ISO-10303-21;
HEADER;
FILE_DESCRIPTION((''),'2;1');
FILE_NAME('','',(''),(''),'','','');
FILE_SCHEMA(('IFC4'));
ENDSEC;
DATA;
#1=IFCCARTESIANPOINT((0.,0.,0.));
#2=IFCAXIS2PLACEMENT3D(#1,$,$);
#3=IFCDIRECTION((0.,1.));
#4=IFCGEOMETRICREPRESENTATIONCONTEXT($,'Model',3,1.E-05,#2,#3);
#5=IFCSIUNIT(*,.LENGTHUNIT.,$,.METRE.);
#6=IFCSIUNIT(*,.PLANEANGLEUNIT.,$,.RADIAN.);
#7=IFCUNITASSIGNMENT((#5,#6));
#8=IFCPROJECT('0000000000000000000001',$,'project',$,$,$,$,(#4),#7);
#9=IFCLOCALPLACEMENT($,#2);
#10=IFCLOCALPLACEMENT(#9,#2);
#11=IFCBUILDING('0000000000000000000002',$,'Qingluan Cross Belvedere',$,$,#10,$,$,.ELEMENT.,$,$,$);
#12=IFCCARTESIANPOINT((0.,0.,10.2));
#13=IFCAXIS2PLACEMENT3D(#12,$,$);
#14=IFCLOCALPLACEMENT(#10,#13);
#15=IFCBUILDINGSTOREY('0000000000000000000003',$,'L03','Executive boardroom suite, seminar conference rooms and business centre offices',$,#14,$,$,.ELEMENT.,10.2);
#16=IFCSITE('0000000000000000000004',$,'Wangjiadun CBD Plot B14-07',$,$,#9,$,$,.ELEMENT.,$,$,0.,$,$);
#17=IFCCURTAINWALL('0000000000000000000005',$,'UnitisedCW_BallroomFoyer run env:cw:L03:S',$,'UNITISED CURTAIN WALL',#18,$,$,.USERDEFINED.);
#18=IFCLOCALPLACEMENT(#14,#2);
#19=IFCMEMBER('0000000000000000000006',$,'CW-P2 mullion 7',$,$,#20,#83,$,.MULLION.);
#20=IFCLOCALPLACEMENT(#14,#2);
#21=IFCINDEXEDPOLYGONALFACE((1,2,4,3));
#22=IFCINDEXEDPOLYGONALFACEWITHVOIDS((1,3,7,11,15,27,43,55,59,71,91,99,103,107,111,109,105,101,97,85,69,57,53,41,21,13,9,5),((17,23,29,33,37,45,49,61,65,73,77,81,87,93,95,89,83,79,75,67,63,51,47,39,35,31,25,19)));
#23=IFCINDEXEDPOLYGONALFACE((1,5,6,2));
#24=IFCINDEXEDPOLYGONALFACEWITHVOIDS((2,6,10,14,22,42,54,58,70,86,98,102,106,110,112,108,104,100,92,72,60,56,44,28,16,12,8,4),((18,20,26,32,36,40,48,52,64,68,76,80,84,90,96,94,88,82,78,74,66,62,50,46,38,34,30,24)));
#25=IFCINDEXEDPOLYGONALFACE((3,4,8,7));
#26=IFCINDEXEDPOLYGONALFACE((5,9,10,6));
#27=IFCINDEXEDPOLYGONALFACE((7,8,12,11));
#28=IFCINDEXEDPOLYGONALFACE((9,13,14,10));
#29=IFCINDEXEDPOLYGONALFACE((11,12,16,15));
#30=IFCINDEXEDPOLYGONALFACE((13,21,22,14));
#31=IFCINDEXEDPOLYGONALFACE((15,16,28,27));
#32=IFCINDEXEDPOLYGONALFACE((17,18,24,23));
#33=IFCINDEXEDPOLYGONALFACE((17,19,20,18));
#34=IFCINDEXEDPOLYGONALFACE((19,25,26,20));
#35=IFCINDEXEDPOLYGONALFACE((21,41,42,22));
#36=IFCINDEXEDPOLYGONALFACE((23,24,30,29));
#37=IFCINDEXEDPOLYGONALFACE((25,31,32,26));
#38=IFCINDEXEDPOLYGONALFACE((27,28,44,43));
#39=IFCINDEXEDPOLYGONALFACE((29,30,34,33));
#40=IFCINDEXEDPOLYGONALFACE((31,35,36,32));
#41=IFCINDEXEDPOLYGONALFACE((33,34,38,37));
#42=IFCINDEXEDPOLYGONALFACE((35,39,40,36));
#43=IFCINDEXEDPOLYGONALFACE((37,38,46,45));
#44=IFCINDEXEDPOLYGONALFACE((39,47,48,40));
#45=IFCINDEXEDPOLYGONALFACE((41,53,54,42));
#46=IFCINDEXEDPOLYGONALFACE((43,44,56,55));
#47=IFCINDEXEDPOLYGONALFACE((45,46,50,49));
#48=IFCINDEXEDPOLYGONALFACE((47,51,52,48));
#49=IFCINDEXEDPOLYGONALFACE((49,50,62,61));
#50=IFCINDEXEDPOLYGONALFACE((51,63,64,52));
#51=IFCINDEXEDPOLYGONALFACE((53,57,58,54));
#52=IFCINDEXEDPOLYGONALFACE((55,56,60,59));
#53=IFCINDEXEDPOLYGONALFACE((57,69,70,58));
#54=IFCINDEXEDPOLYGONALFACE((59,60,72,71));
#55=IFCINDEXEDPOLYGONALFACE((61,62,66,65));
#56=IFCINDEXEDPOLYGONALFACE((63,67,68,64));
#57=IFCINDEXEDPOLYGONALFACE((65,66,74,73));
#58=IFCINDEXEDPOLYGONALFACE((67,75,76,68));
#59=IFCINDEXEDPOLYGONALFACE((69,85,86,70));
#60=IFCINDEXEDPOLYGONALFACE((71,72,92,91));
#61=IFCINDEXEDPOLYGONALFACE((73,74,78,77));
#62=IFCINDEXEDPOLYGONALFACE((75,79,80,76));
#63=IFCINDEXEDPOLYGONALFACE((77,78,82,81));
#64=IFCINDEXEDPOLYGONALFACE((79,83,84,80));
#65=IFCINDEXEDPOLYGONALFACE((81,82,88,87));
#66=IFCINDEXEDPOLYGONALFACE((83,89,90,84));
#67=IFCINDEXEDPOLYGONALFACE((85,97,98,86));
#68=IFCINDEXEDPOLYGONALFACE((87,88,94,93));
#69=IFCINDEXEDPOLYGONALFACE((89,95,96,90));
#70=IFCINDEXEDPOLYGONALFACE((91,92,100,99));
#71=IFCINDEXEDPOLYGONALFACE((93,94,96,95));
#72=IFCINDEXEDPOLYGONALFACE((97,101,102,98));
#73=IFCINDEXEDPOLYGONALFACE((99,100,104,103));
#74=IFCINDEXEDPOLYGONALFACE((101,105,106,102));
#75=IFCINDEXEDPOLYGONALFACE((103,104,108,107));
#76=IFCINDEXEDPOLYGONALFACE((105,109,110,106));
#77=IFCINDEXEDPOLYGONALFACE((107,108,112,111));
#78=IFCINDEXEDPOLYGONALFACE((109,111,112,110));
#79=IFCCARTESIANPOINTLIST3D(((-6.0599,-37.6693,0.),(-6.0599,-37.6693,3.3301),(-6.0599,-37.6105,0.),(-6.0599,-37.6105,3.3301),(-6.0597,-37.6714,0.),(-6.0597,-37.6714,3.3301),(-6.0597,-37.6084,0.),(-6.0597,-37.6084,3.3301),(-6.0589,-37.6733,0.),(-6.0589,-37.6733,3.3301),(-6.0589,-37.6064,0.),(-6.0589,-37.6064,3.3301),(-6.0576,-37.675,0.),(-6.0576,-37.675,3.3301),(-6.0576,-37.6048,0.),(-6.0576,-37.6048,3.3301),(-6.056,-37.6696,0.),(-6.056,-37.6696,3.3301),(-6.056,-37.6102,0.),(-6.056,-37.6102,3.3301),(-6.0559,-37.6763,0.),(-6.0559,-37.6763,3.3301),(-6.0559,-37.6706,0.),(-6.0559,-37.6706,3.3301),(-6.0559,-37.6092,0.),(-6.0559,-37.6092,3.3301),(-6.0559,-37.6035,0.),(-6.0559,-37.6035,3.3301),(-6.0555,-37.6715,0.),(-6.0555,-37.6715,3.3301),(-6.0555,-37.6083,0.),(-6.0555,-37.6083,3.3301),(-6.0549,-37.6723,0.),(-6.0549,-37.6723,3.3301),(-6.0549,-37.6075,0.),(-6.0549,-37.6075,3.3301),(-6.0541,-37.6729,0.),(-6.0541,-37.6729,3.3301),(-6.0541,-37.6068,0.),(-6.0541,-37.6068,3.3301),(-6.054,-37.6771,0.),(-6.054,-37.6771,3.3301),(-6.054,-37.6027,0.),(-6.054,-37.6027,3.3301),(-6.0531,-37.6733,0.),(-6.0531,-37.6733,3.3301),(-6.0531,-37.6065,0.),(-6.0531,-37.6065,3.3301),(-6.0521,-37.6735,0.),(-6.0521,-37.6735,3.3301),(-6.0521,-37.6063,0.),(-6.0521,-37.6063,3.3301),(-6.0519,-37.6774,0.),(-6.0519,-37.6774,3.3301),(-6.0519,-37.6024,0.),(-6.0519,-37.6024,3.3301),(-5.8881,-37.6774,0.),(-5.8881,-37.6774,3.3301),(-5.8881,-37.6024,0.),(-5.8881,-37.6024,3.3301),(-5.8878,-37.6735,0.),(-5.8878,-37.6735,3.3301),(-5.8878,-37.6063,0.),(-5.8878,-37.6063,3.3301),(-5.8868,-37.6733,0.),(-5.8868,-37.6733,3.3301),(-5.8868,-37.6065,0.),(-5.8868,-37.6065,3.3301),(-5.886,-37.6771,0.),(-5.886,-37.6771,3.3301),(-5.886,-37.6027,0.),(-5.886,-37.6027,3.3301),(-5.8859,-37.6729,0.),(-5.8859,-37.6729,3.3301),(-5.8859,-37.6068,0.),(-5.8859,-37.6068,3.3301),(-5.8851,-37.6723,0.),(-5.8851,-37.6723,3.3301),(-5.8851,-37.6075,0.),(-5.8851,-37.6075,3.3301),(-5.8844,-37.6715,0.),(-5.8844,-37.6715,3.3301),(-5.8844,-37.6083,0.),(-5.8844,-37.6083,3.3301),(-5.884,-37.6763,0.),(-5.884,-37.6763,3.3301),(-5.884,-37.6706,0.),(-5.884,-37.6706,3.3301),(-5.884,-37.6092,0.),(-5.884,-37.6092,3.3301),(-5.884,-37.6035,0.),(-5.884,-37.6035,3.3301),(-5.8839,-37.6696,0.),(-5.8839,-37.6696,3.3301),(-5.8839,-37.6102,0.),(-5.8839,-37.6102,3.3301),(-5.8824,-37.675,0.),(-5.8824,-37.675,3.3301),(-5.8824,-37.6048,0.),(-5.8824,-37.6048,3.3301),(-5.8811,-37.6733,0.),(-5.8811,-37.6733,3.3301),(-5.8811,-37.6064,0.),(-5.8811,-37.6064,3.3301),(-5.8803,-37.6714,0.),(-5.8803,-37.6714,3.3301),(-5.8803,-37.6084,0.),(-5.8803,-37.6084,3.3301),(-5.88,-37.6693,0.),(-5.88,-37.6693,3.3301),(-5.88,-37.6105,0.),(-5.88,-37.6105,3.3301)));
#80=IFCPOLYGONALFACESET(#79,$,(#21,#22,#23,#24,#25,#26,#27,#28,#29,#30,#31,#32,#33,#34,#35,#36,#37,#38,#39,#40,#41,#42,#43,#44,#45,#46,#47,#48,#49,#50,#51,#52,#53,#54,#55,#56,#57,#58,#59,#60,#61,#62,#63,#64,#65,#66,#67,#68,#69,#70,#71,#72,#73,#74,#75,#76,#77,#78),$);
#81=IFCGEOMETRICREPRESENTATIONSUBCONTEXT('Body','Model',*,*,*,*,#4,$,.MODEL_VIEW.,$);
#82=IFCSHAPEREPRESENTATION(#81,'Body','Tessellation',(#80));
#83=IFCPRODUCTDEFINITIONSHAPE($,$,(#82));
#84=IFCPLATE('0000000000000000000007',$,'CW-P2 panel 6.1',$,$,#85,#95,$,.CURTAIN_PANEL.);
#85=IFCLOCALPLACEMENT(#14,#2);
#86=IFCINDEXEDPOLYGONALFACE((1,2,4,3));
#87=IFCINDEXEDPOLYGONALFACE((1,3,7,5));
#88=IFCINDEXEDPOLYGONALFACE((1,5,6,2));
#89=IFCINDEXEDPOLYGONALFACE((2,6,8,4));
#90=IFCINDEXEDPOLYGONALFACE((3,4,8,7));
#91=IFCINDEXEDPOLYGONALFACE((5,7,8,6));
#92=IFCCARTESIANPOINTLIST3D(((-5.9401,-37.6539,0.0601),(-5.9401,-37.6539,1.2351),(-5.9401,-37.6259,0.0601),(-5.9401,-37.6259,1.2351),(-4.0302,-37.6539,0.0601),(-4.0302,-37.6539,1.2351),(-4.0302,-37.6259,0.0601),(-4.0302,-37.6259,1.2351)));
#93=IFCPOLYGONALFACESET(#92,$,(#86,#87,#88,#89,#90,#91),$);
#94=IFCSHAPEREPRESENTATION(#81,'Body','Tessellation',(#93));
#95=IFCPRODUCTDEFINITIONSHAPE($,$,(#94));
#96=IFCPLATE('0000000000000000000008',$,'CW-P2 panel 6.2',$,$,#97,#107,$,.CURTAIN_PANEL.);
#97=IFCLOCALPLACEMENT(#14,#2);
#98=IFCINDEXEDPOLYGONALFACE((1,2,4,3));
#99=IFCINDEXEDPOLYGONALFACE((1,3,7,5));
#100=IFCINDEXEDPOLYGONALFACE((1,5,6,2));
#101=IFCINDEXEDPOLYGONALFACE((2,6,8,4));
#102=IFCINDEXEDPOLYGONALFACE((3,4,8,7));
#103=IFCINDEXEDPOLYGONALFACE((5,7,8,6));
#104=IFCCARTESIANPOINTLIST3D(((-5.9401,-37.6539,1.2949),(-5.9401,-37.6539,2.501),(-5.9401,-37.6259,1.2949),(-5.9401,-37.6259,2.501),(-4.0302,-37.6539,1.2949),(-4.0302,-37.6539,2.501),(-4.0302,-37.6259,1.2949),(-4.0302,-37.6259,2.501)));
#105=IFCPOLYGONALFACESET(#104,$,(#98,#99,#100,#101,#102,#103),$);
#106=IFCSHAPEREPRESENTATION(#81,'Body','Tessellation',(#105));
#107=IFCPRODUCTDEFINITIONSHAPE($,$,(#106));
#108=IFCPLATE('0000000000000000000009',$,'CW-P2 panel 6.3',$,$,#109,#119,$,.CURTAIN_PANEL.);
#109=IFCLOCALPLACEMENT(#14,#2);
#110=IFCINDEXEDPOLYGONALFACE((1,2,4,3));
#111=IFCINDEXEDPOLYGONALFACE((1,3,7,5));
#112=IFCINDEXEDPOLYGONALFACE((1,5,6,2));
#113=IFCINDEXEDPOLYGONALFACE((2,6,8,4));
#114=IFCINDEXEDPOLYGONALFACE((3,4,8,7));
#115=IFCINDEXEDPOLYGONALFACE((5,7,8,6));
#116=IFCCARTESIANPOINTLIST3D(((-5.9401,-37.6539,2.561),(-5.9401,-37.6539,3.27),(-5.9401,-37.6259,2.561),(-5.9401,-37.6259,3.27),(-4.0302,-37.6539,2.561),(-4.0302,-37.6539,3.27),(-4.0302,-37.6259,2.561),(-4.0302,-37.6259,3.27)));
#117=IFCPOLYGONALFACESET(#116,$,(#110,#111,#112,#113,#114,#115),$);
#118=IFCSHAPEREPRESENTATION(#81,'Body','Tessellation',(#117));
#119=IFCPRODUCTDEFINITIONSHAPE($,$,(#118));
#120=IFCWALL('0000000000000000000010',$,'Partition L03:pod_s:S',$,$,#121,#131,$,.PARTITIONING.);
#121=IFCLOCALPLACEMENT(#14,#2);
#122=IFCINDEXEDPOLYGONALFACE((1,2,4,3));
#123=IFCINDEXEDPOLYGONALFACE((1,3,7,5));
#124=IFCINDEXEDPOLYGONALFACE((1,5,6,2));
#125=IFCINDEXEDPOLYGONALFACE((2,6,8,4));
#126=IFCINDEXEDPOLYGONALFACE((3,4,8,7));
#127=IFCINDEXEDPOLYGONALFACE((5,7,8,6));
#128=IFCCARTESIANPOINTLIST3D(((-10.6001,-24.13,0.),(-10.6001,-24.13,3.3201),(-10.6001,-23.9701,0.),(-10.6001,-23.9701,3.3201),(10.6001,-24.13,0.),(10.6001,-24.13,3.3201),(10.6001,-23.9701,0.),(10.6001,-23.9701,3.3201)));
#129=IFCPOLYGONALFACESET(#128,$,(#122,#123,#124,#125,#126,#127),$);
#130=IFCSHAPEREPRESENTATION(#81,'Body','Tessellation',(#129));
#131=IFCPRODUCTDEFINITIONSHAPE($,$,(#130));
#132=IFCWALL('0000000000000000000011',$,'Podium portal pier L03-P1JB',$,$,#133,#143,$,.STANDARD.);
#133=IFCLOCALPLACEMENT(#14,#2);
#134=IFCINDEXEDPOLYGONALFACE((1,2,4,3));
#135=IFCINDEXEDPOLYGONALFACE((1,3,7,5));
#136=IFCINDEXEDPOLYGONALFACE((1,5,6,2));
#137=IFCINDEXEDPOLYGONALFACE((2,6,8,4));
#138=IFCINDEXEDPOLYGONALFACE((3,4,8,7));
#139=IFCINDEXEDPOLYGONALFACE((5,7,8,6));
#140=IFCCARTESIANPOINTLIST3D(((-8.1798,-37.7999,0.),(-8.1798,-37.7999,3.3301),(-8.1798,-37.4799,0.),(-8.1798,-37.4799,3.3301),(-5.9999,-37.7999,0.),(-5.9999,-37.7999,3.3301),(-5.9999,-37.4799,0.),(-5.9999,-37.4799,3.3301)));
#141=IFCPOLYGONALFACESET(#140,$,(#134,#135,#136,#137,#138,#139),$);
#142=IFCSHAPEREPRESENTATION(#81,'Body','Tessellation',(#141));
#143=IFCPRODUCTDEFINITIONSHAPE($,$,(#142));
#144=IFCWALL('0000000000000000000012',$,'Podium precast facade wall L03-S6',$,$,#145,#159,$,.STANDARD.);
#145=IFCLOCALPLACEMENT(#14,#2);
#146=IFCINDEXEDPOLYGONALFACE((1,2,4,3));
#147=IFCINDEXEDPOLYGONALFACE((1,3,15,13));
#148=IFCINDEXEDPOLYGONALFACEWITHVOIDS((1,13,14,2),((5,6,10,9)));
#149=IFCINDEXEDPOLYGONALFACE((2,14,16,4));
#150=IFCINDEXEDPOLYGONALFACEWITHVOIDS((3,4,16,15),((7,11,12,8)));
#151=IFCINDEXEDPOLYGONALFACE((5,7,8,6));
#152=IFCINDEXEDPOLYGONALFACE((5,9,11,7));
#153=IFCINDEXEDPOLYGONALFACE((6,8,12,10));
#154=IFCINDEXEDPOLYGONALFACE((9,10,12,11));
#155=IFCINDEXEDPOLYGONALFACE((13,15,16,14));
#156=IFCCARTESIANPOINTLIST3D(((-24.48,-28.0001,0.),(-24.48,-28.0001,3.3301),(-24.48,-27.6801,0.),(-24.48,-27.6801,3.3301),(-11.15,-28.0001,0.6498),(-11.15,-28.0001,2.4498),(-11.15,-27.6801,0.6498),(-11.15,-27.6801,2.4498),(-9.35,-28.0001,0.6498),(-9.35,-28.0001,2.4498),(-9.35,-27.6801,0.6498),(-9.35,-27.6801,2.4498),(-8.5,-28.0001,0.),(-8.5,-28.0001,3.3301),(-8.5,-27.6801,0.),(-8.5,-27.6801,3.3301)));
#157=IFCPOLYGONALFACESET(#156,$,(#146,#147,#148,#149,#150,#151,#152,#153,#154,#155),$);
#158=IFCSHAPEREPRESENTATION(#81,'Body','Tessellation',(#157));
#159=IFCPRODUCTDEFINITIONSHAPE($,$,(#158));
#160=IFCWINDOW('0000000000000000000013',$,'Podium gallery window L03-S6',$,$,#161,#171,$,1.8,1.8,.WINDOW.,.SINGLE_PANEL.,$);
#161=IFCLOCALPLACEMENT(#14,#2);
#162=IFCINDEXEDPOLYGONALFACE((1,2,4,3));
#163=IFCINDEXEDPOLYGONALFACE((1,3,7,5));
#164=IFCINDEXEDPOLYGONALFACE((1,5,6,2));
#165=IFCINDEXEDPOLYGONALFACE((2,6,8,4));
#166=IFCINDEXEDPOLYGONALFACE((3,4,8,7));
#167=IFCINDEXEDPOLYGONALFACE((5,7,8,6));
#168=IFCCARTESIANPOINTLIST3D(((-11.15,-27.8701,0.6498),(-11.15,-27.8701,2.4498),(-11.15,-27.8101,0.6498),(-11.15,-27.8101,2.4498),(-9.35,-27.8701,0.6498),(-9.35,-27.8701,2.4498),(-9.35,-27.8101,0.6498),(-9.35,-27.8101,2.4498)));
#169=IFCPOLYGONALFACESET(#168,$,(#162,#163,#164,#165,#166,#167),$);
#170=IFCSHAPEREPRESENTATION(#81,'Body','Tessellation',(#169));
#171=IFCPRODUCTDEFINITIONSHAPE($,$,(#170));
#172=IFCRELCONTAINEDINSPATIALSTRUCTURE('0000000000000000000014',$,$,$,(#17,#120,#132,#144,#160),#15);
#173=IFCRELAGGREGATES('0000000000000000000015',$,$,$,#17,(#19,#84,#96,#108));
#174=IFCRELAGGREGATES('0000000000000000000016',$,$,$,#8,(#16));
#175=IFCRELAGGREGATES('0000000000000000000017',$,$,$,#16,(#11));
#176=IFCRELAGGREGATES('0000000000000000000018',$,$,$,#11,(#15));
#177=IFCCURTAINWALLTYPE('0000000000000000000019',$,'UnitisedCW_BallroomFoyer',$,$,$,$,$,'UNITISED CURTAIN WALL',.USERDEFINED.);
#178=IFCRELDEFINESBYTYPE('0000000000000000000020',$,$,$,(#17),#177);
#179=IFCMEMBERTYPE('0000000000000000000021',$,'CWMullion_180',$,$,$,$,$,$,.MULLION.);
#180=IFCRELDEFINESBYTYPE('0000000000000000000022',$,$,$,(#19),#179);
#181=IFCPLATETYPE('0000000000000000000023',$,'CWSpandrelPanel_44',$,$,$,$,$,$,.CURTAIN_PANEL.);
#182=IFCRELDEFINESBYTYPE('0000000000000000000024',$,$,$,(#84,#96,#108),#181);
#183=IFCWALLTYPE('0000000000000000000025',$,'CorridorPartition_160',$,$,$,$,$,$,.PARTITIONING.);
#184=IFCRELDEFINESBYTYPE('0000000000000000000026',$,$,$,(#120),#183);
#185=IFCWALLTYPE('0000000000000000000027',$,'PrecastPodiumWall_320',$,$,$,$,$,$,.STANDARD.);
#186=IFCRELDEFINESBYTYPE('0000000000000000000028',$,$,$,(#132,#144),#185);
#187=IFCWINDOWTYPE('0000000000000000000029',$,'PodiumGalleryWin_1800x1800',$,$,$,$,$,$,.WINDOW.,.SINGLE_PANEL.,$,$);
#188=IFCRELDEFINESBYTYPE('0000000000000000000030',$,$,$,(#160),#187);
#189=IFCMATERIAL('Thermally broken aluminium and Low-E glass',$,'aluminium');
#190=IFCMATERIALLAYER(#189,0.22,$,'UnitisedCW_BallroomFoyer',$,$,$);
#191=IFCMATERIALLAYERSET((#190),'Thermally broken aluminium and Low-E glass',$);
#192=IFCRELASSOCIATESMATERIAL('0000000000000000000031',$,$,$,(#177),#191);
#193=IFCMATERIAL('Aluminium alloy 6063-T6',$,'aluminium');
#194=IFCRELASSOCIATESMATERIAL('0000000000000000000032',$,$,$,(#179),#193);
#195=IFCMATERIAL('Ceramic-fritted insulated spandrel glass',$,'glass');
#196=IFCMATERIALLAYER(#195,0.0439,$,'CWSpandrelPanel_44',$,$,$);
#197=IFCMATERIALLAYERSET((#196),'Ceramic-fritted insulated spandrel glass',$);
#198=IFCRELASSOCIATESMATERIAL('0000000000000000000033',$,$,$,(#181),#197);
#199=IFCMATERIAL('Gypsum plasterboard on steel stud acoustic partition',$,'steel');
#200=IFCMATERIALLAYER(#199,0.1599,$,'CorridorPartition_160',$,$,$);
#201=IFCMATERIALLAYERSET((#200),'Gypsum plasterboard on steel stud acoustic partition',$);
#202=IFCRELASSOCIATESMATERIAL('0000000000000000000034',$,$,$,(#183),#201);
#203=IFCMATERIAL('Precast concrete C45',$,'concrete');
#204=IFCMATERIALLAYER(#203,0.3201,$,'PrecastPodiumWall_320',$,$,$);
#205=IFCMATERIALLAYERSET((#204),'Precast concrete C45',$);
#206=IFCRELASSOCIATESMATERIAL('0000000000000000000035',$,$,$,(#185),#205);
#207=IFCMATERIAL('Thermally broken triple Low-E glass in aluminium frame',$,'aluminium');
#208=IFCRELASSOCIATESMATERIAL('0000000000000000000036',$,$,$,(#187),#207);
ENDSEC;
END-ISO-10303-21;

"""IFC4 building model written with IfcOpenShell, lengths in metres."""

from ifc_helpers import new_model, si_unit, direction, frame, frame_2d, origin, origin_2d, place, context, subcontext, project, spatial, rectangle, hollow_rectangle, extrude, material, layer, layer_set, material_profile, profile_set, type_object, element, fill, aggregate, save


model = new_model("IFC4")

# Units and contexts
model_context = context("Model", 3, precision=1e-05, world=origin(), true_north=direction((0.0, 1.0)))
body_context = subcontext(model_context, "Body", "Model", "MODEL_VIEW")
ifc_project = project(units=[si_unit("LENGTHUNIT", "METRE"), si_unit("PLANEANGLEUNIT", "RADIAN")], contexts=[model_context])

# Site, building, storey
site_placement = place(None, origin())
site = spatial("IfcSite", under=ifc_project, at=site_placement, Name="Wangjiadun CBD Plot B14-07", CompositionType="ELEMENT", RefElevation=0.0)
building_placement = place(site_placement, origin())
building = spatial("IfcBuilding", under=site, at=building_placement, Name="Qingluan Cross Belvedere", CompositionType="ELEMENT")
storey_placement = place(building_placement, frame((0.0, 0.0, 10.2)))
storey = spatial("IfcBuildingStorey", under=building, at=storey_placement, Name="L03", Description="Executive boardroom suite, seminar conference rooms and business centre offices", CompositionType="ELEMENT", Elevation=10.2)

# Curtain wall, member, plates
ifc_material_1 = material(Name="Thermally broken aluminium and Low-E glass", Category="aluminium")
ifc_layer_1 = layer(ifc_material_1, 0.22, Name="UnitisedCW_BallroomFoyer")
ifc_layer_set_1 = layer_set([ifc_layer_1], Name="Thermally broken aluminium and Low-E glass")
curtain_wall_type = type_object("IfcCurtainWallType", Name="UnitisedCW_BallroomFoyer", ElementType="UNITISED CURTAIN WALL", PredefinedType="USERDEFINED", material=ifc_layer_set_1)
curtain_wall_placement = place(storey_placement, origin())
curtain_wall = element("IfcCurtainWall", 1, at=curtain_wall_placement, inside=storey, type_object=curtain_wall_type, Name="UnitisedCW_BallroomFoyer run env:cw:L03:S", ObjectType="UNITISED CURTAIN WALL", PredefinedType="USERDEFINED")
ifc_material_2 = material(Name="Aluminium alloy 6063-T6", Category="aluminium")
ifc_material_profile = material_profile(ifc_material_2, hollow_rectangle(XDim=0.075, YDim=0.1799, WallThickness=0.0039, InnerFilletRadius=0.0039, OuterFilletRadius=0.0081, at=origin_2d()), Name="CWM180x75x4")
ifc_profile_set = profile_set([ifc_material_profile], Name="Aluminium alloy 6063-T6")
member_type = type_object("IfcMemberType", Name="CWMullion_180", PredefinedType="MULLION", material=ifc_profile_set)
member_placement = place(storey_placement, frame((-5.97, -37.6399, 0.0), z_axis=(0.0, 0.0, 1.0), x_axis=(0.0, -1.0, 0.0)))
member = element("IfcMember", 2, at=member_placement, type_object=member_type, Name="CW-P2 mullion 7", PredefinedType="MULLION", context=body_context, shape_type="SweptSolid", body=[
    extrude(hollow_rectangle(XDim=0.075, YDim=0.1799, WallThickness=0.0039, InnerFilletRadius=0.0039, OuterFilletRadius=0.0081, at=origin_2d()), origin(), (0.0, 0.0, 1.0), 3.3301),
])
ifc_material_3 = material(Name="Ceramic-fritted insulated spandrel glass", Category="glass")
ifc_layer_2 = layer(ifc_material_3, 0.0439, Name="CWSpandrelPanel_44")
ifc_layer_set_2 = layer_set([ifc_layer_2], Name="Ceramic-fritted insulated spandrel glass")
plate_type = type_object("IfcPlateType", Name="CWSpandrelPanel_44", PredefinedType="CURTAIN_PANEL", material=ifc_layer_set_2)
plate_1_placement = place(storey_placement, frame((-4.9851, -37.6399, 0.0601), z_axis=(0.0, 0.0, 1.0), x_axis=(-1.0, 0.0, 0.0)))
plate_1 = element("IfcPlate", 3, at=plate_1_placement, type_object=plate_type, Name="CW-P2 panel 6.1", PredefinedType="CURTAIN_PANEL", context=body_context, shape_type="SweptSolid", body=[
    extrude(rectangle(XDim=1.9099, YDim=0.0281, at=origin_2d()), origin(), (0.0, 0.0, 1.0), 1.175),
])
plate_2_placement = place(storey_placement, frame((-4.9851, -37.6399, 1.2949), z_axis=(0.0, 0.0, 1.0), x_axis=(-1.0, 0.0, 0.0)))
plate_2 = element("IfcPlate", 4, at=plate_2_placement, type_object=plate_type, Name="CW-P2 panel 6.2", PredefinedType="CURTAIN_PANEL", context=body_context, shape_type="SweptSolid", body=[
    extrude(rectangle(XDim=1.9099, YDim=0.0281, at=origin_2d()), origin(), (0.0, 0.0, 1.0), 1.2061),
])
plate_3_placement = place(storey_placement, frame((-4.9851, -37.6399, 2.561), z_axis=(0.0, 0.0, 1.0), x_axis=(-1.0, 0.0, 0.0)))
plate_3 = element("IfcPlate", 5, at=plate_3_placement, type_object=plate_type, Name="CW-P2 panel 6.3", PredefinedType="CURTAIN_PANEL", context=body_context, shape_type="SweptSolid", body=[
    extrude(rectangle(XDim=1.9099, YDim=0.0281, at=origin_2d()), origin(), (0.0, 0.0, 1.0), 0.709),
])
aggregate(curtain_wall, [member, plate_1, plate_2, plate_3])

# Walls
ifc_material_4 = material(Name="Gypsum plasterboard on steel stud acoustic partition", Category="steel")
ifc_layer_3 = layer(ifc_material_4, 0.1599, Name="CorridorPartition_160")
ifc_layer_set_3 = layer_set([ifc_layer_3], Name="Gypsum plasterboard on steel stud acoustic partition")
wall_type_1 = type_object("IfcWallType", Name="CorridorPartition_160", PredefinedType="PARTITIONING", material=ifc_layer_set_3)
wall_1_placement = place(storey_placement, frame((-10.6001, -24.05, 0.0), z_axis=(0.0, 0.0, 1.0), x_axis=(1.0, 0.0, 0.0)))
element("IfcWall", 6, at=wall_1_placement, inside=storey, type_object=wall_type_1, Name="Partition L03:pod_s:S", PredefinedType="PARTITIONING", context=body_context, shape_type="SweptSolid", body=[
    extrude(rectangle(XDim=21.2002, YDim=0.1599, at=frame_2d((10.6001, 0.0))), origin(), (0.0, 0.0, 1.0), 3.3201),
])
ifc_material_5 = material(Name="Precast concrete C45", Category="concrete")
ifc_layer_4 = layer(ifc_material_5, 0.3201, Name="PrecastPodiumWall_320")
ifc_layer_set_4 = layer_set([ifc_layer_4], Name="Precast concrete C45")
wall_type_2 = type_object("IfcWallType", Name="PrecastPodiumWall_320", PredefinedType="STANDARD", material=ifc_layer_set_4)
wall_2_placement = place(storey_placement, frame((-6.0, -37.6399, 0.0), z_axis=(0.0, 0.0, 1.0), x_axis=(-1.0, 0.0, 0.0)))
element("IfcWall", 7, at=wall_2_placement, inside=storey, type_object=wall_type_2, Name="Podium portal pier L03-P1JB", PredefinedType="STANDARD", context=body_context, shape_type="SweptSolid", body=[
    extrude(rectangle(XDim=2.1799, YDim=0.3201, at=frame_2d((1.0898, 0.0))), origin(), (0.0, 0.0, 1.0), 3.3301),
])

# Shared definitions
ifc_material_6 = material(Name="Thermally broken triple Low-E glass in aluminium frame", Category="aluminium")
window_type = type_object("IfcWindowType", Name="PodiumGalleryWin_1800x1800", PartitioningType="SINGLE_PANEL", PredefinedType="WINDOW", material=ifc_material_6)

# Wall, opening, window
wall_3_placement = place(storey_placement, frame((-8.5, -27.8401, 0.0), z_axis=(0.0, 0.0, 1.0), x_axis=(-1.0, 0.0, 0.0)))
wall_3 = element("IfcWall", 8, at=wall_3_placement, inside=storey, type_object=wall_type_2, Name="Podium precast facade wall L03-S6", PredefinedType="STANDARD", context=body_context, shape_type="SweptSolid", body=[
    extrude(rectangle(XDim=15.98, YDim=0.3201, at=frame_2d((7.99, 0.0))), origin(), (0.0, 0.0, 1.0), 3.3301),
])
opening_1_placement = place(wall_3_placement, frame((0.8501, 0.0, 0.6499)))
opening_1 = element("IfcOpeningElement", 9, at=opening_1_placement, cuts=wall_3, PredefinedType="OPENING", context=body_context, shape_type="SweptSolid", body=[
    extrude(rectangle(XDim=1.8, YDim=1.8, at=frame_2d((0.8999, 0.8999))), frame((0.0, 0.1699, 0.0), z_axis=(0.0, -1.0, 0.0), x_axis=(1.0, 0.0, 0.0)), (0.0, 0.0, 1.0), 0.3401),
])
window_1_placement = place(opening_1_placement, origin())
window_1 = element("IfcWindow", 10, at=window_1_placement, inside=storey, type_object=window_type, Name="Podium gallery window L03-S6", OverallHeight=1.8, OverallWidth=1.8, PartitioningType="SINGLE_PANEL", PredefinedType="WINDOW", context=body_context, shape_type="SweptSolid", body=[
    extrude(rectangle(XDim=1.8, YDim=1.8, at=frame_2d((0.8999, 0.8999))), frame((0.0, 0.03, 0.0), z_axis=(0.0, -1.0, 0.0), x_axis=(1.0, 0.0, 0.0)), (0.0, 0.0, 1.0), 0.0601),
])
fill(opening_1, window_1)

save(model, "model.ifc")
